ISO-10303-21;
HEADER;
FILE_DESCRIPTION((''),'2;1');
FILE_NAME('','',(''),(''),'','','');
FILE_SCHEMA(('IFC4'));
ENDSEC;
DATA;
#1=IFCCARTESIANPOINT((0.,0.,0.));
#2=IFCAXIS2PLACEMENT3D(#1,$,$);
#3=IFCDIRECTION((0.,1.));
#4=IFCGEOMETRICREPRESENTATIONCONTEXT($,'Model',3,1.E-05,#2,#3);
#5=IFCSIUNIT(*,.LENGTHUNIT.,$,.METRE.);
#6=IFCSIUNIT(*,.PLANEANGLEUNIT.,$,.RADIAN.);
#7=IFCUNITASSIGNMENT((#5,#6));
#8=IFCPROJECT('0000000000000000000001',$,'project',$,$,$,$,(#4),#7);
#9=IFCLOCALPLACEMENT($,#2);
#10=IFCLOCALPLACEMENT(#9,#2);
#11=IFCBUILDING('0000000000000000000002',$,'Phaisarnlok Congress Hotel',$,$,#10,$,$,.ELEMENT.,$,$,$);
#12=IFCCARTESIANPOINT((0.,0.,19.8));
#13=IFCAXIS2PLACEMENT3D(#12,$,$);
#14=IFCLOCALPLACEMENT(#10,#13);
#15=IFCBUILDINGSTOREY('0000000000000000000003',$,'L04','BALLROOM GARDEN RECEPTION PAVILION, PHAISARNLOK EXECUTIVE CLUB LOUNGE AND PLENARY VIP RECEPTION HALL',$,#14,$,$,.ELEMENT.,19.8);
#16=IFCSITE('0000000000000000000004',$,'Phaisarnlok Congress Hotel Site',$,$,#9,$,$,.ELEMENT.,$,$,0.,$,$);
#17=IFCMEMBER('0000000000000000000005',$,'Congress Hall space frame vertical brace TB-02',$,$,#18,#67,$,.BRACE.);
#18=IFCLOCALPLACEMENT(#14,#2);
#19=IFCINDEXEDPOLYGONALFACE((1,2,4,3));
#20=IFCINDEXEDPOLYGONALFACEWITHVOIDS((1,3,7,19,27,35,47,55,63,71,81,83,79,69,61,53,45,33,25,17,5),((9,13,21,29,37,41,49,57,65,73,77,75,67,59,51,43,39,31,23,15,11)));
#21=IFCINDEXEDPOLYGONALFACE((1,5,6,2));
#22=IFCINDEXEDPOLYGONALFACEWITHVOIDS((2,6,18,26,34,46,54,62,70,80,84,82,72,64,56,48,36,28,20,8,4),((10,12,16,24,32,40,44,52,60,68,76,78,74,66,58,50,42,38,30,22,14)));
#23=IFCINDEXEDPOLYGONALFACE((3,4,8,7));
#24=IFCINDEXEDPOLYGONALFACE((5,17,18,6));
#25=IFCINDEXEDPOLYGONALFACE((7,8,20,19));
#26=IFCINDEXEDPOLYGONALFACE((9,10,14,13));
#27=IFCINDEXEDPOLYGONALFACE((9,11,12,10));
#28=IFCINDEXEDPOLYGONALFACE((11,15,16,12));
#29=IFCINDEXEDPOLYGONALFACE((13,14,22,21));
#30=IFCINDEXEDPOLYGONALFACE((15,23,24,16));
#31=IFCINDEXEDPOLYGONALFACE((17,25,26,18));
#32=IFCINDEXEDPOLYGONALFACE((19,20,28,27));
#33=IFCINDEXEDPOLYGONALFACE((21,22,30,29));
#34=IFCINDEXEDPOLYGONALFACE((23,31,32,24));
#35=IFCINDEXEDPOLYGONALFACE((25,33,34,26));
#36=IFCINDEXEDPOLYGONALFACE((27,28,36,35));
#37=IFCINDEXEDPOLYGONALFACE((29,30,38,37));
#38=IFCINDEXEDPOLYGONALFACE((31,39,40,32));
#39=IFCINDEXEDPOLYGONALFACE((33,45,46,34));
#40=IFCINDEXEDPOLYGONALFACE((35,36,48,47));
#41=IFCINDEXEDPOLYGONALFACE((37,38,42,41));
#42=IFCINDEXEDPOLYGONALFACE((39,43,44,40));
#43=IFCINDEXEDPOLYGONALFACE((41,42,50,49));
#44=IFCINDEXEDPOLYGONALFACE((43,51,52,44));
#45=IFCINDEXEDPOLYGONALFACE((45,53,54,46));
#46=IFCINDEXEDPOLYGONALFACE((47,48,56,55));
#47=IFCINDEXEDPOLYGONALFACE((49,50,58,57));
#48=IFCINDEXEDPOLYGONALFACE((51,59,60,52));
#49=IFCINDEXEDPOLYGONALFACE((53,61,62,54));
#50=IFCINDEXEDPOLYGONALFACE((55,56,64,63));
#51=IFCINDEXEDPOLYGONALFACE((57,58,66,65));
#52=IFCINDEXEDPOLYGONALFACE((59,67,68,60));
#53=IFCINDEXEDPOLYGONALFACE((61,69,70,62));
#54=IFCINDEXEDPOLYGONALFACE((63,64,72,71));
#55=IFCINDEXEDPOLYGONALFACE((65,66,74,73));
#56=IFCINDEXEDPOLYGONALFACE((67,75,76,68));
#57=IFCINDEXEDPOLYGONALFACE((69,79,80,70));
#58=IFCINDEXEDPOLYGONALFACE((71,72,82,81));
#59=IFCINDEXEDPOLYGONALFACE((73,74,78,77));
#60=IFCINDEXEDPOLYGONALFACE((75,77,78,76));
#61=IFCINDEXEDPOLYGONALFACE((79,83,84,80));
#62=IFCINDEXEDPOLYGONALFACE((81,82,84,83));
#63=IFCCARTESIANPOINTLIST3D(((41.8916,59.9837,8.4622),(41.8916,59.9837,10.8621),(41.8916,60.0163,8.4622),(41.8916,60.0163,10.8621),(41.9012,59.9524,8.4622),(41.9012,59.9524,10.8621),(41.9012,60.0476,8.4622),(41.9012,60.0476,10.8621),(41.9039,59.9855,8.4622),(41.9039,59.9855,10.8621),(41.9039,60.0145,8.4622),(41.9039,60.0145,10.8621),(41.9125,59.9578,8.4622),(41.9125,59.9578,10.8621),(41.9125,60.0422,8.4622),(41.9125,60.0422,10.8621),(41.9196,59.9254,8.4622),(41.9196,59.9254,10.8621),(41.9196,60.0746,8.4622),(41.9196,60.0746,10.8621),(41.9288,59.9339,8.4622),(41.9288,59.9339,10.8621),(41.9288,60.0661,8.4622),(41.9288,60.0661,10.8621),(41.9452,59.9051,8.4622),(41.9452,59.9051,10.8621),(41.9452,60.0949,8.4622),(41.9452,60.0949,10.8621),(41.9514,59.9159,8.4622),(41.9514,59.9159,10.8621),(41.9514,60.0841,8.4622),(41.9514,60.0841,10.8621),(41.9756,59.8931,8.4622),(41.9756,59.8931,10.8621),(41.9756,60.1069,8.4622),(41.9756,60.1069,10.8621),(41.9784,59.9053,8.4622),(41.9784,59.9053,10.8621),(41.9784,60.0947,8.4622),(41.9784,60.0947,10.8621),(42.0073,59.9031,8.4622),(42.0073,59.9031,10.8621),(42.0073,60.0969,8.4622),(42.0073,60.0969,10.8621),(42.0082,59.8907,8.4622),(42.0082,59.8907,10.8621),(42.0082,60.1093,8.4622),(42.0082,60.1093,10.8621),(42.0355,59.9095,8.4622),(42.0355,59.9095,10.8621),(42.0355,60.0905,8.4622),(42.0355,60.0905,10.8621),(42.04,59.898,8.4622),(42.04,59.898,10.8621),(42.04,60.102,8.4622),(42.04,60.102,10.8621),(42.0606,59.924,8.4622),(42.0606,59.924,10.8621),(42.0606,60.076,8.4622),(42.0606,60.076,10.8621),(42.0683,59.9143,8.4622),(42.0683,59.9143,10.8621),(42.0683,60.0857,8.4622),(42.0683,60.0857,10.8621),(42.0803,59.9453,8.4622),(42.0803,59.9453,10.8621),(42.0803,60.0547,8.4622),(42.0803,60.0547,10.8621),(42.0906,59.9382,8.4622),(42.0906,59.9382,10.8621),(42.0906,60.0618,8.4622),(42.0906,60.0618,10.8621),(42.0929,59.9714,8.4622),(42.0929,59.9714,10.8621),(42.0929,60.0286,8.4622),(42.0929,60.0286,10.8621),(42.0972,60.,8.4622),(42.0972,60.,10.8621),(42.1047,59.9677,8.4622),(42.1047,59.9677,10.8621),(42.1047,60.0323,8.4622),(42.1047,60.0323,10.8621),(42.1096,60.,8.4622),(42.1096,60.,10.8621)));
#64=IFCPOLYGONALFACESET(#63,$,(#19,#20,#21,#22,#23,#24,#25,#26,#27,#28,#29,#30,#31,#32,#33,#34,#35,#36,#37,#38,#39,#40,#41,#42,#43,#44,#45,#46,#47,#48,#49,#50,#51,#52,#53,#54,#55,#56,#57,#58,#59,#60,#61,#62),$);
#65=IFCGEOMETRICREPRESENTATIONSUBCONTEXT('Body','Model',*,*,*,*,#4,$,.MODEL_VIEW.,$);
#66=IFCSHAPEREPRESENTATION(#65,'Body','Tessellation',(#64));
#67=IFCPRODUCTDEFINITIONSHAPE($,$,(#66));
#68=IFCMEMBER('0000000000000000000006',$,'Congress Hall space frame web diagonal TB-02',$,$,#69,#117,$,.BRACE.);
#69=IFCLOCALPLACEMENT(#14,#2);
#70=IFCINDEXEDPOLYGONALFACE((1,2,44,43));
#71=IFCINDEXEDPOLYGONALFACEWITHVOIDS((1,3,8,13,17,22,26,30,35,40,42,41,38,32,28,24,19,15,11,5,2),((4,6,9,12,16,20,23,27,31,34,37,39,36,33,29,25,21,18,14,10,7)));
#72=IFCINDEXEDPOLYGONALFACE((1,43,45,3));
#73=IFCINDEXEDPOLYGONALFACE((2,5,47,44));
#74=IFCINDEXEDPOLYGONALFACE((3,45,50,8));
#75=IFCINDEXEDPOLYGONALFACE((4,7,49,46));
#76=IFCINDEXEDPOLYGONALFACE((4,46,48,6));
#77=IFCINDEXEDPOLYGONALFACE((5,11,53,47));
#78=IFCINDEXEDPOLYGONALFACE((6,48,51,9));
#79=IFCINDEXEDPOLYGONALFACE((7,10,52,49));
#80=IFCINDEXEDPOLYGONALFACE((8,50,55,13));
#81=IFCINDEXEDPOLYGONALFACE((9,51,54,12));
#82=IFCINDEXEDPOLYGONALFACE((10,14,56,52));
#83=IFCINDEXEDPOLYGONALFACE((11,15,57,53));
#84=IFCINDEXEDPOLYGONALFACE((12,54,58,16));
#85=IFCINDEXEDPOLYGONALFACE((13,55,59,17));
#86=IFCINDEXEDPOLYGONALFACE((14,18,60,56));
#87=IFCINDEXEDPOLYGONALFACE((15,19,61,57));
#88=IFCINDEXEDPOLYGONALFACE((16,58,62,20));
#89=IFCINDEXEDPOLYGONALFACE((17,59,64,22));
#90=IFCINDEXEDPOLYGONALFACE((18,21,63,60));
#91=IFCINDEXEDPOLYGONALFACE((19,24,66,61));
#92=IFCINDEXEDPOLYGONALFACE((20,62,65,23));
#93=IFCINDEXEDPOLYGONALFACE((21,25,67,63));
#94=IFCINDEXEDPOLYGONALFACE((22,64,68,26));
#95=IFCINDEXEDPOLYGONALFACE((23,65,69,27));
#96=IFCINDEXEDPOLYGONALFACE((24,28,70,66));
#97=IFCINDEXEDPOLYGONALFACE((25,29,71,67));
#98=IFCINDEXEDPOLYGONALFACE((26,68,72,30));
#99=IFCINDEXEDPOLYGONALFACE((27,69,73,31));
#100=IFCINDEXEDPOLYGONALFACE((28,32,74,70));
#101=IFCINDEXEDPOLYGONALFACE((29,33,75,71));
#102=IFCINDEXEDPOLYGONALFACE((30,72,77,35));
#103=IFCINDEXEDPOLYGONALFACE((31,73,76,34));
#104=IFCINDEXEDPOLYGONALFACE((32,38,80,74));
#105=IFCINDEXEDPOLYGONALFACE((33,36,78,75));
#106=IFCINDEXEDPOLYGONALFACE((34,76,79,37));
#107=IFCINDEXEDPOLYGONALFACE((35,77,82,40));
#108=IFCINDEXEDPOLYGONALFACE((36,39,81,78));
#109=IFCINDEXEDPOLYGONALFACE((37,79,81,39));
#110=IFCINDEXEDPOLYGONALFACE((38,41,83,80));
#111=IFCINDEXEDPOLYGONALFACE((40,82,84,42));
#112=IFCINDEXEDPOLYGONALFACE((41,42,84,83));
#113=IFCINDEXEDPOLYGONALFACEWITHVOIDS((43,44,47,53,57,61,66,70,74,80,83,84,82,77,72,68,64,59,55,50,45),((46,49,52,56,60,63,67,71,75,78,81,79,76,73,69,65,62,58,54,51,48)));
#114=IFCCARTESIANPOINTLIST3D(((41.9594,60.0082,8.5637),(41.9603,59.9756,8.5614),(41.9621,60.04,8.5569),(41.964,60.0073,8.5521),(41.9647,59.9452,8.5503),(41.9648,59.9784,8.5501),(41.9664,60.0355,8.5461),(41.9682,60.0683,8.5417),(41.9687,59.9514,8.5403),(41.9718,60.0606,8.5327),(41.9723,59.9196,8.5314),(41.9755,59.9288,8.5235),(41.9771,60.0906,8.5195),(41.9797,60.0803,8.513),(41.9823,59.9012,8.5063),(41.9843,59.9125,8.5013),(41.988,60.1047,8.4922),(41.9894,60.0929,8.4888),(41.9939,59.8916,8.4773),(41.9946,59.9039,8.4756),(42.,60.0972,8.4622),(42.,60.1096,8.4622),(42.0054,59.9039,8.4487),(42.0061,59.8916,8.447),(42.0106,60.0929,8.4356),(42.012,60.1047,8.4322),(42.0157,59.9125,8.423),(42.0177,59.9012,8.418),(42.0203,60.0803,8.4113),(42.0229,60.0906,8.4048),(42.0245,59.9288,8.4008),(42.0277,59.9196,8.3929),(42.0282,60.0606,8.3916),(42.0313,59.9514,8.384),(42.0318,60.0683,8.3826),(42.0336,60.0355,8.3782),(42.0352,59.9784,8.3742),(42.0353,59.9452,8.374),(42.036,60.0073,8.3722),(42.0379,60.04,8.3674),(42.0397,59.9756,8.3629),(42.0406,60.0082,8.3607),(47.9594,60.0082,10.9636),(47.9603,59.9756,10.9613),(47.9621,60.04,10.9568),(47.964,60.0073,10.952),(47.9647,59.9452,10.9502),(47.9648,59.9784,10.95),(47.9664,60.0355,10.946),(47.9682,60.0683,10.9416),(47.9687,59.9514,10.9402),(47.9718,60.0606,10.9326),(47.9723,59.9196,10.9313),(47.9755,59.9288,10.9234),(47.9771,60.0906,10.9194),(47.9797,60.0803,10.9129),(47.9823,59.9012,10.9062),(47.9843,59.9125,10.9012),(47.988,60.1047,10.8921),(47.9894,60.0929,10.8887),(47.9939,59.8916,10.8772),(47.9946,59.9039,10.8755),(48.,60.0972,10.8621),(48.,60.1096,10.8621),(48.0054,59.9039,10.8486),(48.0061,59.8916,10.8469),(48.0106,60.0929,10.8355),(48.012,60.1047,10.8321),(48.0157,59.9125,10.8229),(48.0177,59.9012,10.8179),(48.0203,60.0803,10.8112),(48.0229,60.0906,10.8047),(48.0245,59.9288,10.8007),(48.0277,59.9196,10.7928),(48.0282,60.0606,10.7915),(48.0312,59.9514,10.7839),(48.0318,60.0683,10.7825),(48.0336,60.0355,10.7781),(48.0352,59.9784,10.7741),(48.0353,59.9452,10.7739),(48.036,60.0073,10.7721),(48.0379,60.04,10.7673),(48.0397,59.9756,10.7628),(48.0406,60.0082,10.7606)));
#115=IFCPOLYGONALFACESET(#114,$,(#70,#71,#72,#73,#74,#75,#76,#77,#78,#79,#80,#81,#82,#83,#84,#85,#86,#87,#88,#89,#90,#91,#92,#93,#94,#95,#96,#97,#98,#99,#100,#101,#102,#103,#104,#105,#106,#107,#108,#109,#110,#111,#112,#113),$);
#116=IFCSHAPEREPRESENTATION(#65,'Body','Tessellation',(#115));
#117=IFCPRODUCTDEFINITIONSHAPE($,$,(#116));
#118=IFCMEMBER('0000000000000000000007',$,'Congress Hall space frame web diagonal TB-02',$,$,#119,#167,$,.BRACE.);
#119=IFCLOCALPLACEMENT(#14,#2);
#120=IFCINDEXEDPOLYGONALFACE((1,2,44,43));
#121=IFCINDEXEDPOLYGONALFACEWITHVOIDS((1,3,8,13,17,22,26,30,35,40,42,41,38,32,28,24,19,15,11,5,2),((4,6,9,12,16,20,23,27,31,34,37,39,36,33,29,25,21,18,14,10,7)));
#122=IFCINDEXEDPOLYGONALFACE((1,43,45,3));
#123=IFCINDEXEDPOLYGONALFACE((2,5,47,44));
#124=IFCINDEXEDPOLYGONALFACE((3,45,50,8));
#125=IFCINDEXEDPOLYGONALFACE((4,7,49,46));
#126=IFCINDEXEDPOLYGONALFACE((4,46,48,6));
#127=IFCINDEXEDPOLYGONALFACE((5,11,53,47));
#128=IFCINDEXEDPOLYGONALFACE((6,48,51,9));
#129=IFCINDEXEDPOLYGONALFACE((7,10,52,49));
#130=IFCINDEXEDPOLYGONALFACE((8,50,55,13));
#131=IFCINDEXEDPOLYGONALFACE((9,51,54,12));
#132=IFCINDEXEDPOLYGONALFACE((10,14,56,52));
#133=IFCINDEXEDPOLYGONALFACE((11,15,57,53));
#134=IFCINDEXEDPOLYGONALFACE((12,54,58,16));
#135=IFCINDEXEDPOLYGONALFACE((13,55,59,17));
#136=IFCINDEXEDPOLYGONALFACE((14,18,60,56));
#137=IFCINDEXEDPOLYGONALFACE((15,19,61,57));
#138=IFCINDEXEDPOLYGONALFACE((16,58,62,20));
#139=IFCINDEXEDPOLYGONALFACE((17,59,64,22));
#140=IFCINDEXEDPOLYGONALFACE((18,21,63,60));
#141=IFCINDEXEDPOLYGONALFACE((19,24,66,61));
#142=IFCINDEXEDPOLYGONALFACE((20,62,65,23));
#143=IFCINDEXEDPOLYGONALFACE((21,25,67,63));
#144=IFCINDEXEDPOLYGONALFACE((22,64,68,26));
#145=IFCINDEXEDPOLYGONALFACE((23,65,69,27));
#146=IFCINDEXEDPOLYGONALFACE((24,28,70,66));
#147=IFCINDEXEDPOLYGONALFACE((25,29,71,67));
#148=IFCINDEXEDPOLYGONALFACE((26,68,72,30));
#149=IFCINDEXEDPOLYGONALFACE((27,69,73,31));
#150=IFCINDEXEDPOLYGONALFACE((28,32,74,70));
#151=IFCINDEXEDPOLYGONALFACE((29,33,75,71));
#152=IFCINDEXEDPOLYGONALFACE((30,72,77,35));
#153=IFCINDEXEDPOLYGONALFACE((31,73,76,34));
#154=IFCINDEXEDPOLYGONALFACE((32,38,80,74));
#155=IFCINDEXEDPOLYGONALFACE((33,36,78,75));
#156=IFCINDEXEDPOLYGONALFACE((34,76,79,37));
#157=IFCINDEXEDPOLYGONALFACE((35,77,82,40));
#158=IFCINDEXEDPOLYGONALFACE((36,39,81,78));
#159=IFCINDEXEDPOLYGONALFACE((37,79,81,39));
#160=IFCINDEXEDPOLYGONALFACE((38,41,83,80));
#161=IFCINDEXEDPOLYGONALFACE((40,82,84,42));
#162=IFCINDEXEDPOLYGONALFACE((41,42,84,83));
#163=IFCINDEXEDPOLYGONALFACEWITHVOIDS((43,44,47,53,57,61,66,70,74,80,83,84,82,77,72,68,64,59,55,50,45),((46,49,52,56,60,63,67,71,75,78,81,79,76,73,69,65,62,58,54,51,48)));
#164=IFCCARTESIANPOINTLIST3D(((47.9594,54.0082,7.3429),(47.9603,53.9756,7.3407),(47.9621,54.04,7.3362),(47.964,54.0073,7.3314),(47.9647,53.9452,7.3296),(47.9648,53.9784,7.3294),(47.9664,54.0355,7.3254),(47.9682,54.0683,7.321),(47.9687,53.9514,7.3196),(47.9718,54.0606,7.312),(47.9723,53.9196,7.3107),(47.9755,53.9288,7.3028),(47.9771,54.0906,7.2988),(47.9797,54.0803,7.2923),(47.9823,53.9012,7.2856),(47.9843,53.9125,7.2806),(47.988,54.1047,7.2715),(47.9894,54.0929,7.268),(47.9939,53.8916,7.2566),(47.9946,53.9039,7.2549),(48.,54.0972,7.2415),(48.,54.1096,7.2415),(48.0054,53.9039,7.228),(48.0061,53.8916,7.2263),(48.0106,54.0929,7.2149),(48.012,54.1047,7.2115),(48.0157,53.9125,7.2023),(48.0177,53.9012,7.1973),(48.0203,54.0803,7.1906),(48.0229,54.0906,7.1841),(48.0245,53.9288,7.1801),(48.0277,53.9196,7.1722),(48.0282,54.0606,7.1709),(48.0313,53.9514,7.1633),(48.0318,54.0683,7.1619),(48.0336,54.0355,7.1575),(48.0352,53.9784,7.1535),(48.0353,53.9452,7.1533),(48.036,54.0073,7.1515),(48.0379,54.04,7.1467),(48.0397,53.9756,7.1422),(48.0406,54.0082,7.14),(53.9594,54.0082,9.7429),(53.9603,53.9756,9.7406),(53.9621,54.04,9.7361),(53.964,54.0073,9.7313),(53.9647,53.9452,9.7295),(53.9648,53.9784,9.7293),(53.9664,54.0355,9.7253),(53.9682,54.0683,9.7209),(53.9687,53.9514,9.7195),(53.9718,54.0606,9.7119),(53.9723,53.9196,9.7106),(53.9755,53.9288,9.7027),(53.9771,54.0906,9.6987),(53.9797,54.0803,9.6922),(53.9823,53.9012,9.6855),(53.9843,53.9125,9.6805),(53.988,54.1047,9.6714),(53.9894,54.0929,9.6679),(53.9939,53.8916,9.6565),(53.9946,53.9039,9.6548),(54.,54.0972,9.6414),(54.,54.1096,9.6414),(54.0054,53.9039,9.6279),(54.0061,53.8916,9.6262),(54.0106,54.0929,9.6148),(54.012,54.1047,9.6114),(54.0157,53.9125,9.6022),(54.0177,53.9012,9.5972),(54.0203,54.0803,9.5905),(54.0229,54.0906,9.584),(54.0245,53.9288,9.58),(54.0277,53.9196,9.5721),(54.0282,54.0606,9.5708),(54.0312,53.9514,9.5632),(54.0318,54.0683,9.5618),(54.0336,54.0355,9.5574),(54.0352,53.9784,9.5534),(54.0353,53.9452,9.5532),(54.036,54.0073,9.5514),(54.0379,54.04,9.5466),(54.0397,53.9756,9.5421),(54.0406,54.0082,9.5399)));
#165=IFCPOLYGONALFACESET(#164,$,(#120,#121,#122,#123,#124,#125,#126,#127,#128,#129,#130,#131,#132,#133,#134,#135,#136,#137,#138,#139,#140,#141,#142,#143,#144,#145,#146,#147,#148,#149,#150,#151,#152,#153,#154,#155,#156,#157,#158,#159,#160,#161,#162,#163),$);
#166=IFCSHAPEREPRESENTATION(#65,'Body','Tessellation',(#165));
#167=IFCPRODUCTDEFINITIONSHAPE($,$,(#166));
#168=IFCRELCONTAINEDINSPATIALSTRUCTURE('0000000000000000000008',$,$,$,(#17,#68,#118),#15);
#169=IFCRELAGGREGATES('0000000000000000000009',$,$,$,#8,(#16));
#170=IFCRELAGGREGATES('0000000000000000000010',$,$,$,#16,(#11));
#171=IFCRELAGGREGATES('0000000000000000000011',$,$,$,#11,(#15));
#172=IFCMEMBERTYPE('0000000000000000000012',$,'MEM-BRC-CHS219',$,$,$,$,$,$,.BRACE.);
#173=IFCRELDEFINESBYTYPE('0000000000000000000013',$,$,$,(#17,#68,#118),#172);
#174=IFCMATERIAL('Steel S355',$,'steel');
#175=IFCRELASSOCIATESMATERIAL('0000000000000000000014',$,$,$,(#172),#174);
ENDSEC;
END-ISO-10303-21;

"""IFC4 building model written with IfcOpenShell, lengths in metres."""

from ifc_helpers import new_model, si_unit, direction, frame, origin, origin_2d, place, context, subcontext, project, spatial, hollow_circle, extrude, material, material_profile, profile_set, type_object, element, save


model = new_model("IFC4")

# Units and contexts
model_context = context("Model", 3, precision=1e-05, world=origin(), true_north=direction((0.0, 1.0)))
body_context = subcontext(model_context, "Body", "Model", "MODEL_VIEW")
ifc_project = project(units=[si_unit("LENGTHUNIT", "METRE"), si_unit("PLANEANGLEUNIT", "RADIAN")], contexts=[model_context])

# Site, building, storey
site_placement = place(None, origin())
site = spatial("IfcSite", under=ifc_project, at=site_placement, Name="Phaisarnlok Congress Hotel Site", CompositionType="ELEMENT", RefElevation=0.0)
building_placement = place(site_placement, origin())
building = spatial("IfcBuilding", under=site, at=building_placement, Name="Phaisarnlok Congress Hotel", CompositionType="ELEMENT")
storey_placement = place(building_placement, frame((0.0, 0.0, 19.8)))
storey = spatial("IfcBuildingStorey", under=building, at=storey_placement, Name="L04", Description="BALLROOM GARDEN RECEPTION PAVILION, PHAISARNLOK EXECUTIVE CLUB LOUNGE AND PLENARY VIP RECEPTION HALL", CompositionType="ELEMENT", Elevation=19.8)

# Members
ifc_material = material(Name="Steel S355", Category="steel")
ifc_material_profile_1 = material_profile(ifc_material, hollow_circle(Radius=0.1096, WallThickness=0.0125, at=origin_2d()), Name="CHS 219.1x12.5")
ifc_profile_set_1 = profile_set([ifc_material_profile_1], Name="Steel S355")
member_type_1 = type_object("IfcMemberType", Name="MEM-BRC-CHS219", PredefinedType="BRACE", material=ifc_profile_set_1)
member_1_placement = place(storey_placement, frame((42.0, 60.0, 8.4622), z_axis=(0.0, 0.0, 1.0), x_axis=(1.0, 0.0, 0.0)))
element("IfcMember", 1, at=member_1_placement, inside=storey, type_object=member_type_1, Name="Congress Hall space frame vertical brace TB-02", PredefinedType="BRACE", context=body_context, shape_type="SweptSolid", body=[
    extrude(hollow_circle(Radius=0.1096, WallThickness=0.0125, at=origin_2d()), origin(), (0.0, 0.0, 1.0), 2.3999),
])
for number, where, z_axis, x_axis, name in (
    (2, (42.0, 60.0, 8.4622), (0.928482, 0.0, 0.371378), (0.0, 1.0, 0.0), "Congress Hall space frame web diagonal TB-02"),
    (3, (48.0, 54.0, 7.2415), (0.928482, 0.0, 0.371378), (0.0, 1.0, 0.0), "Congress Hall space frame web diagonal TB-02"),
):
    element("IfcMember", number, at=place(storey_placement, frame(where, z_axis=z_axis, x_axis=x_axis)), inside=storey, type_object=member_type_1, Name=name, PredefinedType="BRACE", context=body_context, shape_type="SweptSolid", body=[
        extrude(hollow_circle(Radius=0.1096, WallThickness=0.0125, at=origin_2d()), origin(), (0.0, 0.0, 1.0), 6.4622),
    ])

save(model, "model.ifc")
